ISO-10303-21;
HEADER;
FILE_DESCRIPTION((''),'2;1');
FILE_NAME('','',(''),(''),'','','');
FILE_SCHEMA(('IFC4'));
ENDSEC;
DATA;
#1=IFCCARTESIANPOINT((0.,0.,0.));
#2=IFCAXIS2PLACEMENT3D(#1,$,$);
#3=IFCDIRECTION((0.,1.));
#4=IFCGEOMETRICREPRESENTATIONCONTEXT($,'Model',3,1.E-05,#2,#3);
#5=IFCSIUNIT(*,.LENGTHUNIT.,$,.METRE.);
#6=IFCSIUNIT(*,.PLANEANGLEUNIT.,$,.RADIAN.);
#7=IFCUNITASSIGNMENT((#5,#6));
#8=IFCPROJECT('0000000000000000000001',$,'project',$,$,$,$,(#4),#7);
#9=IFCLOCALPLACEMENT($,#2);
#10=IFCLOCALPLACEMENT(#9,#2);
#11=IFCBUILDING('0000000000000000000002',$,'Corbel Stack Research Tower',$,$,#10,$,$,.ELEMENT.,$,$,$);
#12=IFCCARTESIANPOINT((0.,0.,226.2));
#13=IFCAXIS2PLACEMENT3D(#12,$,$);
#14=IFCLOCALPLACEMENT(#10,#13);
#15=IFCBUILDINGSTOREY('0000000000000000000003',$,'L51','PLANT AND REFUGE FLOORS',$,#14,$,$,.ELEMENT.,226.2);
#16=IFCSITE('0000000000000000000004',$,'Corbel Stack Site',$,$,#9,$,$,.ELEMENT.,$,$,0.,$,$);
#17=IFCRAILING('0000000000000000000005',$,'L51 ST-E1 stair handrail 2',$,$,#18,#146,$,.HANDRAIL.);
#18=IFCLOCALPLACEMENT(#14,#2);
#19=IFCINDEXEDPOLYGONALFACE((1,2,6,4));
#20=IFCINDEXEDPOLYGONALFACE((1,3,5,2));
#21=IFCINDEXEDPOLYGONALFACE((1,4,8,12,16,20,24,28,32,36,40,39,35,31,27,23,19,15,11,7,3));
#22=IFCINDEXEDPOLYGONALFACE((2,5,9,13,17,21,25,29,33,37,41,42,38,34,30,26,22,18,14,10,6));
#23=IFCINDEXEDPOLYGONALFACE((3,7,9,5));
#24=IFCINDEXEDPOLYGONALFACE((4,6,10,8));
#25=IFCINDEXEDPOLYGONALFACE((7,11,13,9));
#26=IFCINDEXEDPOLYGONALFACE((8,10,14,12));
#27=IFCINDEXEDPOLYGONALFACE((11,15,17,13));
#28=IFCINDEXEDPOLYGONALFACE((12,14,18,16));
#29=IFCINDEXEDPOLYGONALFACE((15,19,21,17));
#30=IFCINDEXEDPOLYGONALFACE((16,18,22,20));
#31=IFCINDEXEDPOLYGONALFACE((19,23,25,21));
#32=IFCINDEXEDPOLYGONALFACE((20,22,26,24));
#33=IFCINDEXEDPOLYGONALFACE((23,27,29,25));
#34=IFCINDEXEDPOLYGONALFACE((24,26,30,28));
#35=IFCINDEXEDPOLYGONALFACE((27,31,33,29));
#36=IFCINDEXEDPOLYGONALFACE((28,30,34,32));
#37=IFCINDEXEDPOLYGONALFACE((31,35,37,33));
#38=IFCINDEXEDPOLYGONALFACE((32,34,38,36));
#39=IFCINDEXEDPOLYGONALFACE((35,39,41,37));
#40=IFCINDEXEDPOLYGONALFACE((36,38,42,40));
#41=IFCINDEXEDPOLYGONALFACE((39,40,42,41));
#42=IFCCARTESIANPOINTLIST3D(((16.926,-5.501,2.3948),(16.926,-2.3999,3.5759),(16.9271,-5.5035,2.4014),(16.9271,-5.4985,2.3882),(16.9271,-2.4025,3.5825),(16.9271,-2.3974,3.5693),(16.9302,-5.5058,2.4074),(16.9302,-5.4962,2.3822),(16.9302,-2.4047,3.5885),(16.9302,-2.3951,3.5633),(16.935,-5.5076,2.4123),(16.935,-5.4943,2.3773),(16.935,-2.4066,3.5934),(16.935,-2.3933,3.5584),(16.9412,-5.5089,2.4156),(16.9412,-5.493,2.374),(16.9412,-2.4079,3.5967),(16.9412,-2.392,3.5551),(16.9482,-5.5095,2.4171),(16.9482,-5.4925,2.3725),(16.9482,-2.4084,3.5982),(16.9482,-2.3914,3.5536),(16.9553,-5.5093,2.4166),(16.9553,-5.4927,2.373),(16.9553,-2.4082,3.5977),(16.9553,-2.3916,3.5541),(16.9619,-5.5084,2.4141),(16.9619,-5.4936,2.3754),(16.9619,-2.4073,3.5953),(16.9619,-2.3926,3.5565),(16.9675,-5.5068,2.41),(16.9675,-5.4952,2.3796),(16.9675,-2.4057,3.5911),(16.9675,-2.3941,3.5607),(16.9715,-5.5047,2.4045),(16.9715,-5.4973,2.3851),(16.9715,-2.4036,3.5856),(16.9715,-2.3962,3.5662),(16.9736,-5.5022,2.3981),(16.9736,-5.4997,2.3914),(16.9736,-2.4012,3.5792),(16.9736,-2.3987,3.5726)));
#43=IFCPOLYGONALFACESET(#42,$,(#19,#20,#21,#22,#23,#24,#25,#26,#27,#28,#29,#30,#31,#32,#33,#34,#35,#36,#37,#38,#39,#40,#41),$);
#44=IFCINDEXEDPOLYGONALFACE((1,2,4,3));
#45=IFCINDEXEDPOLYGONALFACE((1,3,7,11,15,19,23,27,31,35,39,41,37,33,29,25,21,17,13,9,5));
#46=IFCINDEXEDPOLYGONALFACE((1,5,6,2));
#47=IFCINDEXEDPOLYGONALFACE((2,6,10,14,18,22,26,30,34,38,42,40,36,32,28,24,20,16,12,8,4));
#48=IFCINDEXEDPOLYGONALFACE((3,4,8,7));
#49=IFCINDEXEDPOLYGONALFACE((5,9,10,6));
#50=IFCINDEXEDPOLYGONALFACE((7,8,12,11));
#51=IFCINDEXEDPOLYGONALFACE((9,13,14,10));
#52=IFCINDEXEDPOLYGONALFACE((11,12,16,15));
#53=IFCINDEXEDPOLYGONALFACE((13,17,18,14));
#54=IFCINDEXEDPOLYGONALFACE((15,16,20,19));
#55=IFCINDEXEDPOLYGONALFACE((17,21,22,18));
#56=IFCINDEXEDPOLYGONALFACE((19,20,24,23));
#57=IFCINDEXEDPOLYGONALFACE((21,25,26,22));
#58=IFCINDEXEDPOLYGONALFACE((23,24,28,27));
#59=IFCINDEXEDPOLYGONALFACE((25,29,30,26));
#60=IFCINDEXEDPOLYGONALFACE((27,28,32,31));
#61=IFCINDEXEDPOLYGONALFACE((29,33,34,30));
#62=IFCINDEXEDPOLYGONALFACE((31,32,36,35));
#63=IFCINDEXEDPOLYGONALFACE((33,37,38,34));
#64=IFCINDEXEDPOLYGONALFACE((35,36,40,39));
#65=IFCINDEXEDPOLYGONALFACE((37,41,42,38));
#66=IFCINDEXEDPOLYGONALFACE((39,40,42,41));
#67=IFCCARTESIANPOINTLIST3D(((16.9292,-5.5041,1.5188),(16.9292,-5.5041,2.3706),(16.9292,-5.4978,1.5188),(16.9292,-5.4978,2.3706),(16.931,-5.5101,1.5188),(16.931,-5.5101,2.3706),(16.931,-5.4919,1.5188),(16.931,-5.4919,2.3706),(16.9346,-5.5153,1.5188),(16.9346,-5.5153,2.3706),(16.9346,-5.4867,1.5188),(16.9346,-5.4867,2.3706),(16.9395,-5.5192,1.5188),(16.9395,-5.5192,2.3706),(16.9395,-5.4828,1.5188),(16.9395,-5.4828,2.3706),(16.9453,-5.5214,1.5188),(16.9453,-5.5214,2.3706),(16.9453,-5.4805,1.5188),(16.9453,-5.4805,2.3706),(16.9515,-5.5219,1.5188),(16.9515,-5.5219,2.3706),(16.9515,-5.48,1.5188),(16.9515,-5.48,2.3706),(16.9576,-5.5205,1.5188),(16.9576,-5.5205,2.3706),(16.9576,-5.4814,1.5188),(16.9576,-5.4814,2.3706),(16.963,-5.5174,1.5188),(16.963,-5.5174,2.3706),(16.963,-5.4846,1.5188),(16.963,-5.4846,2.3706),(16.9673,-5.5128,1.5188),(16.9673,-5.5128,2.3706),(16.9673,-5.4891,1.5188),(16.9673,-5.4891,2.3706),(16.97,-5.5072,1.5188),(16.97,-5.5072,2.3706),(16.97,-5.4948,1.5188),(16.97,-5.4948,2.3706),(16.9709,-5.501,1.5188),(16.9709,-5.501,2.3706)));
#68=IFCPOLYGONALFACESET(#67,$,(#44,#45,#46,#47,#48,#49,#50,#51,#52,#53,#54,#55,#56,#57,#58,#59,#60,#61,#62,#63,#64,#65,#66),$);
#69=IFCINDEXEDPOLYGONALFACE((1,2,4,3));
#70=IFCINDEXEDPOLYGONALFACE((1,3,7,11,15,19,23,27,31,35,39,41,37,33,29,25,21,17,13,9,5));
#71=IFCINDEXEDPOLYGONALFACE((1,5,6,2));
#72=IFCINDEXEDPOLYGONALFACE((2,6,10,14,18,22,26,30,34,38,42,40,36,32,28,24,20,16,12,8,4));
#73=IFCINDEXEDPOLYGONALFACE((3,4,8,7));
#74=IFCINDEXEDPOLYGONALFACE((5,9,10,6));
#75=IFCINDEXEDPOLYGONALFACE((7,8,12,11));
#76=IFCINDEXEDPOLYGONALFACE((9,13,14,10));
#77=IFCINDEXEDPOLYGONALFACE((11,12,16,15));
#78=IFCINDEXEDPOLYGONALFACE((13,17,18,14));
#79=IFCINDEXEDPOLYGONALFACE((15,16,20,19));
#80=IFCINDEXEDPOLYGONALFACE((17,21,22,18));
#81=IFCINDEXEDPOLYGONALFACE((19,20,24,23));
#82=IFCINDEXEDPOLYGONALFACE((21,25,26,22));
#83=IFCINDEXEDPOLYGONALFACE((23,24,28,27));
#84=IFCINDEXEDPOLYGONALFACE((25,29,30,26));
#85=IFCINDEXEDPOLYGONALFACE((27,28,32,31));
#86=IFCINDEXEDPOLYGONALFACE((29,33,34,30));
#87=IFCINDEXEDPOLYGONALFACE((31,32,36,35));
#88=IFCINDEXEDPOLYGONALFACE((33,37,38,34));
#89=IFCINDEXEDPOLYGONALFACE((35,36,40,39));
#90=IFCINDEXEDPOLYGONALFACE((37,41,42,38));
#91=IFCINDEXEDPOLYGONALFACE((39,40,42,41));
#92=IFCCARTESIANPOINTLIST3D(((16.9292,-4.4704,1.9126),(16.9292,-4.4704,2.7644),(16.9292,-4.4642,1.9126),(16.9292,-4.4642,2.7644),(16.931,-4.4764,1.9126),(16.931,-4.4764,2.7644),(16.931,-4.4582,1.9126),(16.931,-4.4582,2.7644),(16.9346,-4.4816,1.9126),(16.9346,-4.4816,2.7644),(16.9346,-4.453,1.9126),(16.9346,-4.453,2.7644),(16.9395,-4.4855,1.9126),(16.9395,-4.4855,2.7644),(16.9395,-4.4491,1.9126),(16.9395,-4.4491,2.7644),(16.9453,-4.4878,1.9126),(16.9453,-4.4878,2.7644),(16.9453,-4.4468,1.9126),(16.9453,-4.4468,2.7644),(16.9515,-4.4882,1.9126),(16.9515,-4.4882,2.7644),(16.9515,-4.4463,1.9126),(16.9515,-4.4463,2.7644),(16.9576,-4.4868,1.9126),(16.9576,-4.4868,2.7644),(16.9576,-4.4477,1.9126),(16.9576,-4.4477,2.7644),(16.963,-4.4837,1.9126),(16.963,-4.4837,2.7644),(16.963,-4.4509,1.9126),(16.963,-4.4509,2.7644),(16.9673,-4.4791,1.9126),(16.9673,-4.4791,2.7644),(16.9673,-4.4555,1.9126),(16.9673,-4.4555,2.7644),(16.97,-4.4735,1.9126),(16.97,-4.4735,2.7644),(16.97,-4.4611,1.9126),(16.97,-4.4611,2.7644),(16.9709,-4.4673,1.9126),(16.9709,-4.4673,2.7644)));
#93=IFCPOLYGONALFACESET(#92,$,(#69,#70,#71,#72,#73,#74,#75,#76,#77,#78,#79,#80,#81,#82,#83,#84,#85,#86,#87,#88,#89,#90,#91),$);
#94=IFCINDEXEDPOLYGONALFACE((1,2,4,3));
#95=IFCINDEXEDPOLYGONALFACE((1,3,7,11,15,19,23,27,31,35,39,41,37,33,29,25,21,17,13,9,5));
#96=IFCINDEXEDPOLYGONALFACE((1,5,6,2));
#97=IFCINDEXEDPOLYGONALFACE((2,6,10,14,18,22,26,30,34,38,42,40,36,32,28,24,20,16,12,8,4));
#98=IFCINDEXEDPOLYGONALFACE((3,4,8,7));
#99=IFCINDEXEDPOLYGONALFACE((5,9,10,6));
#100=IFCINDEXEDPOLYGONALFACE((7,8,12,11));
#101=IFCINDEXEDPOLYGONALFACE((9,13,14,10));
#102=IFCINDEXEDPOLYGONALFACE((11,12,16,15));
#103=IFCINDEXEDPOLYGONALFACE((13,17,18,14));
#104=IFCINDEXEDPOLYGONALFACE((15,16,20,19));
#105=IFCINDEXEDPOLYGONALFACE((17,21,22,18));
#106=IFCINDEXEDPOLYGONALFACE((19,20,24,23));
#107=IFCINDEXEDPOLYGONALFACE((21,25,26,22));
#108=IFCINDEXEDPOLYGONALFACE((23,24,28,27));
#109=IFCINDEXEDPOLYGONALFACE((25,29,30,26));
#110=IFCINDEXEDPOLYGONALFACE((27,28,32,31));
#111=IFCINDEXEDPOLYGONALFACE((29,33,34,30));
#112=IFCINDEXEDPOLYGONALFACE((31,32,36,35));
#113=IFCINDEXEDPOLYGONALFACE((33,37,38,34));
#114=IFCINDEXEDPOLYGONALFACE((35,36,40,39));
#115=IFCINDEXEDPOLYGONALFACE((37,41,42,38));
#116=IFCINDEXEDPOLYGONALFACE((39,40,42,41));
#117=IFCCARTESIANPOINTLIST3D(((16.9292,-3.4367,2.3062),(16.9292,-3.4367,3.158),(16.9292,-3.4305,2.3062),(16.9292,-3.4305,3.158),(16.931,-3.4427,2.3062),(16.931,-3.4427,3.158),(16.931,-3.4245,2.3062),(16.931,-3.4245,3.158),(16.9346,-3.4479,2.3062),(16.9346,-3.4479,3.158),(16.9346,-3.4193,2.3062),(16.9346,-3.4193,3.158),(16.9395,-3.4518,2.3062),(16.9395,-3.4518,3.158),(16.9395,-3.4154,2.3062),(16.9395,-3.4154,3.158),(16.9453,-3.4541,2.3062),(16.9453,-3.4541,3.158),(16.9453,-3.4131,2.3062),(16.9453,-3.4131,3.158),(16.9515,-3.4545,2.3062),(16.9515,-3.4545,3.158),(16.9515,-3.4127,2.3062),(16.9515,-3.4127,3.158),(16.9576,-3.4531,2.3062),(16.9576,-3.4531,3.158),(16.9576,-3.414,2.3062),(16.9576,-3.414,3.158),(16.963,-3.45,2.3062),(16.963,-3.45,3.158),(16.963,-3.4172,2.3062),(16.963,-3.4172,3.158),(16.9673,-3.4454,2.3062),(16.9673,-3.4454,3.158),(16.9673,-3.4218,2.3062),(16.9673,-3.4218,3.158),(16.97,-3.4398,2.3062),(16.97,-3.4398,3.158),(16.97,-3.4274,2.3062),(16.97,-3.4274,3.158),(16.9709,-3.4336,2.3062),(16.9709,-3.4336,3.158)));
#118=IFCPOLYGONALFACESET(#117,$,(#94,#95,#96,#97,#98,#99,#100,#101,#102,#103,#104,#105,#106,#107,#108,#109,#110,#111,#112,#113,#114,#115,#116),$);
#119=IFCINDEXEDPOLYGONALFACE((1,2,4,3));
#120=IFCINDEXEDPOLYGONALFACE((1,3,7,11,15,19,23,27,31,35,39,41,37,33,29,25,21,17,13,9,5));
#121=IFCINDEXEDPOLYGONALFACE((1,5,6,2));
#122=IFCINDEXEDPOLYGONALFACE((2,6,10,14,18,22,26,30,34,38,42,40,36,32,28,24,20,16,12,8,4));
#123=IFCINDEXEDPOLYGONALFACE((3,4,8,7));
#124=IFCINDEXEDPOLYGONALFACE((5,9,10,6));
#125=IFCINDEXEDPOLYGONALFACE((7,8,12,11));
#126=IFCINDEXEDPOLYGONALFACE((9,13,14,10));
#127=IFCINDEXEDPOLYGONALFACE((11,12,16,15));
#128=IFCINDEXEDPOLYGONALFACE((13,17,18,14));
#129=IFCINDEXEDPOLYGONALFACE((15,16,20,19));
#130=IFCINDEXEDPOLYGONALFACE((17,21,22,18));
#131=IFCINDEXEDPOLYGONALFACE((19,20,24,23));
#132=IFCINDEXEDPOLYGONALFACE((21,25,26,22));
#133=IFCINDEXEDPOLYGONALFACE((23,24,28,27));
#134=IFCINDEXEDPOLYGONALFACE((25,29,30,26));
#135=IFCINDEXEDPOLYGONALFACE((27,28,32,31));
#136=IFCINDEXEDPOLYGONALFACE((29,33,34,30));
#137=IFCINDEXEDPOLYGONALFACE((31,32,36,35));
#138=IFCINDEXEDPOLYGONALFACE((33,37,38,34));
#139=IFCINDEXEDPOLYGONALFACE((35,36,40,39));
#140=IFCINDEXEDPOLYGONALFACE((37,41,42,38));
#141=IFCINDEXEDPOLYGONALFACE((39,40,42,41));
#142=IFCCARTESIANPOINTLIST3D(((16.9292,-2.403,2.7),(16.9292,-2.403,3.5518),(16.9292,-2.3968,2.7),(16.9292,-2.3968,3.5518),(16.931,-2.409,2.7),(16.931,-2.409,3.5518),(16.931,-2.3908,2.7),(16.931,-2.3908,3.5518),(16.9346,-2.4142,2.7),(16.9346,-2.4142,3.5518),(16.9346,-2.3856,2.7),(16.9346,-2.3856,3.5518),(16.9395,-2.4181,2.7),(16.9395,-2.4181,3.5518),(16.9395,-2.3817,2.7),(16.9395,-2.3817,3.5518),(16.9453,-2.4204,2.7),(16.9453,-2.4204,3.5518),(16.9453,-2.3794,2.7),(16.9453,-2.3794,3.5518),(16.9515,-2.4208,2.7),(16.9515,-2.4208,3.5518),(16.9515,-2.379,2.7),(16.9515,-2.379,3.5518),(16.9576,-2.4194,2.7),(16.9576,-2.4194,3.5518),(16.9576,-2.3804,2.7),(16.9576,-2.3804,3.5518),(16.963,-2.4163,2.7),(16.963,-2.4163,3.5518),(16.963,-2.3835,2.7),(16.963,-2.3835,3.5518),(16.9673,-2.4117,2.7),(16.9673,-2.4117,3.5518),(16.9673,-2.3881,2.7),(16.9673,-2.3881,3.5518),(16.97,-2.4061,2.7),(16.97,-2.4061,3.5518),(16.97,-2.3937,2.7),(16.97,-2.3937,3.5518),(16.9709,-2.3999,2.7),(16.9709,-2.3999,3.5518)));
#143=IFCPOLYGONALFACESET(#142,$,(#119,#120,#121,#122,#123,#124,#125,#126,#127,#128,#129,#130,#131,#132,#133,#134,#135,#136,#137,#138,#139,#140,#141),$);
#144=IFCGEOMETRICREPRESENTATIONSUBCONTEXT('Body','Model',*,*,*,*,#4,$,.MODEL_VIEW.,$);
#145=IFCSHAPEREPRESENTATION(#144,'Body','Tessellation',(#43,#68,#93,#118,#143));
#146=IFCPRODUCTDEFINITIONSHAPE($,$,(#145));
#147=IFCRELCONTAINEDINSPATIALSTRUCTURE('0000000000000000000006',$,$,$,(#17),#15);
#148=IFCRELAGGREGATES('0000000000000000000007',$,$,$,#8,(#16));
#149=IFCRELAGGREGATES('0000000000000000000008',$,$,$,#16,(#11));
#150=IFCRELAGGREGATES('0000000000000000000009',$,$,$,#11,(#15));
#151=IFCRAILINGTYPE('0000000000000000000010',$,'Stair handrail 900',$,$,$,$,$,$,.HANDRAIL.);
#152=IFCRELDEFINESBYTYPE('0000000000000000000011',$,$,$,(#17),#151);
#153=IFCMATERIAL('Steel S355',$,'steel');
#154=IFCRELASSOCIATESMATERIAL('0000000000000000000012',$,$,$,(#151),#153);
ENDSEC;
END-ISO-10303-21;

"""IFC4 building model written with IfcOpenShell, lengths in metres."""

from ifc_helpers import new_model, si_unit, direction, frame, origin, origin_2d, place, context, subcontext, project, spatial, circle, extrude, material, type_object, element, save


model = new_model("IFC4")

# Units and contexts
model_context = context("Model", 3, precision=1e-05, world=origin(), true_north=direction((0.0, 1.0)))
body_context = subcontext(model_context, "Body", "Model", "MODEL_VIEW")
ifc_project = project(units=[si_unit("LENGTHUNIT", "METRE"), si_unit("PLANEANGLEUNIT", "RADIAN")], contexts=[model_context])

# Site, building, storey
site_placement = place(None, origin())
site = spatial("IfcSite", under=ifc_project, at=site_placement, Name="Corbel Stack Site", CompositionType="ELEMENT", RefElevation=0.0)
building_placement = place(site_placement, origin())
building = spatial("IfcBuilding", under=site, at=building_placement, Name="Corbel Stack Research Tower", CompositionType="ELEMENT")
storey_placement = place(building_placement, frame((0.0, 0.0, 226.2)))
storey = spatial("IfcBuildingStorey", under=building, at=storey_placement, Name="L51", Description="PLANT AND REFUGE FLOORS", CompositionType="ELEMENT", Elevation=226.2)

# Railing
ifc_material_1 = material(Name="Steel S355", Category="steel")
railing_type_1 = type_object("IfcRailingType", Name="Stair handrail 900", PredefinedType="HANDRAIL", material=ifc_material_1)
railing_1_placement = place(storey_placement, frame((16.95, -5.501, 1.5188)))
element("IfcRailing", 1, at=railing_1_placement, inside=storey, type_object=railing_type_1, Name="L51 ST-E1 stair handrail 2", PredefinedType="HANDRAIL", context=body_context, shape_type="SweptSolid", body=[
    extrude(circle(Radius=0.0239, at=origin_2d()), frame((0.0, 0.0, 0.876), z_axis=(0.0, 0.934509, 0.35594), x_axis=(-1.0, 0.0, 0.0)), (0.0, 0.0, 1.0), 3.3184),
    extrude(circle(Radius=0.021, at=origin_2d()), origin(), (0.0, 0.0, 1.0), 0.8518),
    extrude(circle(Radius=0.021, at=origin_2d()), frame((0.0, 1.0337, 0.3938)), (0.0, 0.0, 1.0), 0.8518),
    extrude(circle(Radius=0.021, at=origin_2d()), frame((0.0, 2.0674, 0.7874)), (0.0, 0.0, 1.0), 0.8518),
    extrude(circle(Radius=0.021, at=origin_2d()), frame((0.0, 3.1011, 1.1812)), (0.0, 0.0, 1.0), 0.8518),
])

save(model, "model.ifc")
